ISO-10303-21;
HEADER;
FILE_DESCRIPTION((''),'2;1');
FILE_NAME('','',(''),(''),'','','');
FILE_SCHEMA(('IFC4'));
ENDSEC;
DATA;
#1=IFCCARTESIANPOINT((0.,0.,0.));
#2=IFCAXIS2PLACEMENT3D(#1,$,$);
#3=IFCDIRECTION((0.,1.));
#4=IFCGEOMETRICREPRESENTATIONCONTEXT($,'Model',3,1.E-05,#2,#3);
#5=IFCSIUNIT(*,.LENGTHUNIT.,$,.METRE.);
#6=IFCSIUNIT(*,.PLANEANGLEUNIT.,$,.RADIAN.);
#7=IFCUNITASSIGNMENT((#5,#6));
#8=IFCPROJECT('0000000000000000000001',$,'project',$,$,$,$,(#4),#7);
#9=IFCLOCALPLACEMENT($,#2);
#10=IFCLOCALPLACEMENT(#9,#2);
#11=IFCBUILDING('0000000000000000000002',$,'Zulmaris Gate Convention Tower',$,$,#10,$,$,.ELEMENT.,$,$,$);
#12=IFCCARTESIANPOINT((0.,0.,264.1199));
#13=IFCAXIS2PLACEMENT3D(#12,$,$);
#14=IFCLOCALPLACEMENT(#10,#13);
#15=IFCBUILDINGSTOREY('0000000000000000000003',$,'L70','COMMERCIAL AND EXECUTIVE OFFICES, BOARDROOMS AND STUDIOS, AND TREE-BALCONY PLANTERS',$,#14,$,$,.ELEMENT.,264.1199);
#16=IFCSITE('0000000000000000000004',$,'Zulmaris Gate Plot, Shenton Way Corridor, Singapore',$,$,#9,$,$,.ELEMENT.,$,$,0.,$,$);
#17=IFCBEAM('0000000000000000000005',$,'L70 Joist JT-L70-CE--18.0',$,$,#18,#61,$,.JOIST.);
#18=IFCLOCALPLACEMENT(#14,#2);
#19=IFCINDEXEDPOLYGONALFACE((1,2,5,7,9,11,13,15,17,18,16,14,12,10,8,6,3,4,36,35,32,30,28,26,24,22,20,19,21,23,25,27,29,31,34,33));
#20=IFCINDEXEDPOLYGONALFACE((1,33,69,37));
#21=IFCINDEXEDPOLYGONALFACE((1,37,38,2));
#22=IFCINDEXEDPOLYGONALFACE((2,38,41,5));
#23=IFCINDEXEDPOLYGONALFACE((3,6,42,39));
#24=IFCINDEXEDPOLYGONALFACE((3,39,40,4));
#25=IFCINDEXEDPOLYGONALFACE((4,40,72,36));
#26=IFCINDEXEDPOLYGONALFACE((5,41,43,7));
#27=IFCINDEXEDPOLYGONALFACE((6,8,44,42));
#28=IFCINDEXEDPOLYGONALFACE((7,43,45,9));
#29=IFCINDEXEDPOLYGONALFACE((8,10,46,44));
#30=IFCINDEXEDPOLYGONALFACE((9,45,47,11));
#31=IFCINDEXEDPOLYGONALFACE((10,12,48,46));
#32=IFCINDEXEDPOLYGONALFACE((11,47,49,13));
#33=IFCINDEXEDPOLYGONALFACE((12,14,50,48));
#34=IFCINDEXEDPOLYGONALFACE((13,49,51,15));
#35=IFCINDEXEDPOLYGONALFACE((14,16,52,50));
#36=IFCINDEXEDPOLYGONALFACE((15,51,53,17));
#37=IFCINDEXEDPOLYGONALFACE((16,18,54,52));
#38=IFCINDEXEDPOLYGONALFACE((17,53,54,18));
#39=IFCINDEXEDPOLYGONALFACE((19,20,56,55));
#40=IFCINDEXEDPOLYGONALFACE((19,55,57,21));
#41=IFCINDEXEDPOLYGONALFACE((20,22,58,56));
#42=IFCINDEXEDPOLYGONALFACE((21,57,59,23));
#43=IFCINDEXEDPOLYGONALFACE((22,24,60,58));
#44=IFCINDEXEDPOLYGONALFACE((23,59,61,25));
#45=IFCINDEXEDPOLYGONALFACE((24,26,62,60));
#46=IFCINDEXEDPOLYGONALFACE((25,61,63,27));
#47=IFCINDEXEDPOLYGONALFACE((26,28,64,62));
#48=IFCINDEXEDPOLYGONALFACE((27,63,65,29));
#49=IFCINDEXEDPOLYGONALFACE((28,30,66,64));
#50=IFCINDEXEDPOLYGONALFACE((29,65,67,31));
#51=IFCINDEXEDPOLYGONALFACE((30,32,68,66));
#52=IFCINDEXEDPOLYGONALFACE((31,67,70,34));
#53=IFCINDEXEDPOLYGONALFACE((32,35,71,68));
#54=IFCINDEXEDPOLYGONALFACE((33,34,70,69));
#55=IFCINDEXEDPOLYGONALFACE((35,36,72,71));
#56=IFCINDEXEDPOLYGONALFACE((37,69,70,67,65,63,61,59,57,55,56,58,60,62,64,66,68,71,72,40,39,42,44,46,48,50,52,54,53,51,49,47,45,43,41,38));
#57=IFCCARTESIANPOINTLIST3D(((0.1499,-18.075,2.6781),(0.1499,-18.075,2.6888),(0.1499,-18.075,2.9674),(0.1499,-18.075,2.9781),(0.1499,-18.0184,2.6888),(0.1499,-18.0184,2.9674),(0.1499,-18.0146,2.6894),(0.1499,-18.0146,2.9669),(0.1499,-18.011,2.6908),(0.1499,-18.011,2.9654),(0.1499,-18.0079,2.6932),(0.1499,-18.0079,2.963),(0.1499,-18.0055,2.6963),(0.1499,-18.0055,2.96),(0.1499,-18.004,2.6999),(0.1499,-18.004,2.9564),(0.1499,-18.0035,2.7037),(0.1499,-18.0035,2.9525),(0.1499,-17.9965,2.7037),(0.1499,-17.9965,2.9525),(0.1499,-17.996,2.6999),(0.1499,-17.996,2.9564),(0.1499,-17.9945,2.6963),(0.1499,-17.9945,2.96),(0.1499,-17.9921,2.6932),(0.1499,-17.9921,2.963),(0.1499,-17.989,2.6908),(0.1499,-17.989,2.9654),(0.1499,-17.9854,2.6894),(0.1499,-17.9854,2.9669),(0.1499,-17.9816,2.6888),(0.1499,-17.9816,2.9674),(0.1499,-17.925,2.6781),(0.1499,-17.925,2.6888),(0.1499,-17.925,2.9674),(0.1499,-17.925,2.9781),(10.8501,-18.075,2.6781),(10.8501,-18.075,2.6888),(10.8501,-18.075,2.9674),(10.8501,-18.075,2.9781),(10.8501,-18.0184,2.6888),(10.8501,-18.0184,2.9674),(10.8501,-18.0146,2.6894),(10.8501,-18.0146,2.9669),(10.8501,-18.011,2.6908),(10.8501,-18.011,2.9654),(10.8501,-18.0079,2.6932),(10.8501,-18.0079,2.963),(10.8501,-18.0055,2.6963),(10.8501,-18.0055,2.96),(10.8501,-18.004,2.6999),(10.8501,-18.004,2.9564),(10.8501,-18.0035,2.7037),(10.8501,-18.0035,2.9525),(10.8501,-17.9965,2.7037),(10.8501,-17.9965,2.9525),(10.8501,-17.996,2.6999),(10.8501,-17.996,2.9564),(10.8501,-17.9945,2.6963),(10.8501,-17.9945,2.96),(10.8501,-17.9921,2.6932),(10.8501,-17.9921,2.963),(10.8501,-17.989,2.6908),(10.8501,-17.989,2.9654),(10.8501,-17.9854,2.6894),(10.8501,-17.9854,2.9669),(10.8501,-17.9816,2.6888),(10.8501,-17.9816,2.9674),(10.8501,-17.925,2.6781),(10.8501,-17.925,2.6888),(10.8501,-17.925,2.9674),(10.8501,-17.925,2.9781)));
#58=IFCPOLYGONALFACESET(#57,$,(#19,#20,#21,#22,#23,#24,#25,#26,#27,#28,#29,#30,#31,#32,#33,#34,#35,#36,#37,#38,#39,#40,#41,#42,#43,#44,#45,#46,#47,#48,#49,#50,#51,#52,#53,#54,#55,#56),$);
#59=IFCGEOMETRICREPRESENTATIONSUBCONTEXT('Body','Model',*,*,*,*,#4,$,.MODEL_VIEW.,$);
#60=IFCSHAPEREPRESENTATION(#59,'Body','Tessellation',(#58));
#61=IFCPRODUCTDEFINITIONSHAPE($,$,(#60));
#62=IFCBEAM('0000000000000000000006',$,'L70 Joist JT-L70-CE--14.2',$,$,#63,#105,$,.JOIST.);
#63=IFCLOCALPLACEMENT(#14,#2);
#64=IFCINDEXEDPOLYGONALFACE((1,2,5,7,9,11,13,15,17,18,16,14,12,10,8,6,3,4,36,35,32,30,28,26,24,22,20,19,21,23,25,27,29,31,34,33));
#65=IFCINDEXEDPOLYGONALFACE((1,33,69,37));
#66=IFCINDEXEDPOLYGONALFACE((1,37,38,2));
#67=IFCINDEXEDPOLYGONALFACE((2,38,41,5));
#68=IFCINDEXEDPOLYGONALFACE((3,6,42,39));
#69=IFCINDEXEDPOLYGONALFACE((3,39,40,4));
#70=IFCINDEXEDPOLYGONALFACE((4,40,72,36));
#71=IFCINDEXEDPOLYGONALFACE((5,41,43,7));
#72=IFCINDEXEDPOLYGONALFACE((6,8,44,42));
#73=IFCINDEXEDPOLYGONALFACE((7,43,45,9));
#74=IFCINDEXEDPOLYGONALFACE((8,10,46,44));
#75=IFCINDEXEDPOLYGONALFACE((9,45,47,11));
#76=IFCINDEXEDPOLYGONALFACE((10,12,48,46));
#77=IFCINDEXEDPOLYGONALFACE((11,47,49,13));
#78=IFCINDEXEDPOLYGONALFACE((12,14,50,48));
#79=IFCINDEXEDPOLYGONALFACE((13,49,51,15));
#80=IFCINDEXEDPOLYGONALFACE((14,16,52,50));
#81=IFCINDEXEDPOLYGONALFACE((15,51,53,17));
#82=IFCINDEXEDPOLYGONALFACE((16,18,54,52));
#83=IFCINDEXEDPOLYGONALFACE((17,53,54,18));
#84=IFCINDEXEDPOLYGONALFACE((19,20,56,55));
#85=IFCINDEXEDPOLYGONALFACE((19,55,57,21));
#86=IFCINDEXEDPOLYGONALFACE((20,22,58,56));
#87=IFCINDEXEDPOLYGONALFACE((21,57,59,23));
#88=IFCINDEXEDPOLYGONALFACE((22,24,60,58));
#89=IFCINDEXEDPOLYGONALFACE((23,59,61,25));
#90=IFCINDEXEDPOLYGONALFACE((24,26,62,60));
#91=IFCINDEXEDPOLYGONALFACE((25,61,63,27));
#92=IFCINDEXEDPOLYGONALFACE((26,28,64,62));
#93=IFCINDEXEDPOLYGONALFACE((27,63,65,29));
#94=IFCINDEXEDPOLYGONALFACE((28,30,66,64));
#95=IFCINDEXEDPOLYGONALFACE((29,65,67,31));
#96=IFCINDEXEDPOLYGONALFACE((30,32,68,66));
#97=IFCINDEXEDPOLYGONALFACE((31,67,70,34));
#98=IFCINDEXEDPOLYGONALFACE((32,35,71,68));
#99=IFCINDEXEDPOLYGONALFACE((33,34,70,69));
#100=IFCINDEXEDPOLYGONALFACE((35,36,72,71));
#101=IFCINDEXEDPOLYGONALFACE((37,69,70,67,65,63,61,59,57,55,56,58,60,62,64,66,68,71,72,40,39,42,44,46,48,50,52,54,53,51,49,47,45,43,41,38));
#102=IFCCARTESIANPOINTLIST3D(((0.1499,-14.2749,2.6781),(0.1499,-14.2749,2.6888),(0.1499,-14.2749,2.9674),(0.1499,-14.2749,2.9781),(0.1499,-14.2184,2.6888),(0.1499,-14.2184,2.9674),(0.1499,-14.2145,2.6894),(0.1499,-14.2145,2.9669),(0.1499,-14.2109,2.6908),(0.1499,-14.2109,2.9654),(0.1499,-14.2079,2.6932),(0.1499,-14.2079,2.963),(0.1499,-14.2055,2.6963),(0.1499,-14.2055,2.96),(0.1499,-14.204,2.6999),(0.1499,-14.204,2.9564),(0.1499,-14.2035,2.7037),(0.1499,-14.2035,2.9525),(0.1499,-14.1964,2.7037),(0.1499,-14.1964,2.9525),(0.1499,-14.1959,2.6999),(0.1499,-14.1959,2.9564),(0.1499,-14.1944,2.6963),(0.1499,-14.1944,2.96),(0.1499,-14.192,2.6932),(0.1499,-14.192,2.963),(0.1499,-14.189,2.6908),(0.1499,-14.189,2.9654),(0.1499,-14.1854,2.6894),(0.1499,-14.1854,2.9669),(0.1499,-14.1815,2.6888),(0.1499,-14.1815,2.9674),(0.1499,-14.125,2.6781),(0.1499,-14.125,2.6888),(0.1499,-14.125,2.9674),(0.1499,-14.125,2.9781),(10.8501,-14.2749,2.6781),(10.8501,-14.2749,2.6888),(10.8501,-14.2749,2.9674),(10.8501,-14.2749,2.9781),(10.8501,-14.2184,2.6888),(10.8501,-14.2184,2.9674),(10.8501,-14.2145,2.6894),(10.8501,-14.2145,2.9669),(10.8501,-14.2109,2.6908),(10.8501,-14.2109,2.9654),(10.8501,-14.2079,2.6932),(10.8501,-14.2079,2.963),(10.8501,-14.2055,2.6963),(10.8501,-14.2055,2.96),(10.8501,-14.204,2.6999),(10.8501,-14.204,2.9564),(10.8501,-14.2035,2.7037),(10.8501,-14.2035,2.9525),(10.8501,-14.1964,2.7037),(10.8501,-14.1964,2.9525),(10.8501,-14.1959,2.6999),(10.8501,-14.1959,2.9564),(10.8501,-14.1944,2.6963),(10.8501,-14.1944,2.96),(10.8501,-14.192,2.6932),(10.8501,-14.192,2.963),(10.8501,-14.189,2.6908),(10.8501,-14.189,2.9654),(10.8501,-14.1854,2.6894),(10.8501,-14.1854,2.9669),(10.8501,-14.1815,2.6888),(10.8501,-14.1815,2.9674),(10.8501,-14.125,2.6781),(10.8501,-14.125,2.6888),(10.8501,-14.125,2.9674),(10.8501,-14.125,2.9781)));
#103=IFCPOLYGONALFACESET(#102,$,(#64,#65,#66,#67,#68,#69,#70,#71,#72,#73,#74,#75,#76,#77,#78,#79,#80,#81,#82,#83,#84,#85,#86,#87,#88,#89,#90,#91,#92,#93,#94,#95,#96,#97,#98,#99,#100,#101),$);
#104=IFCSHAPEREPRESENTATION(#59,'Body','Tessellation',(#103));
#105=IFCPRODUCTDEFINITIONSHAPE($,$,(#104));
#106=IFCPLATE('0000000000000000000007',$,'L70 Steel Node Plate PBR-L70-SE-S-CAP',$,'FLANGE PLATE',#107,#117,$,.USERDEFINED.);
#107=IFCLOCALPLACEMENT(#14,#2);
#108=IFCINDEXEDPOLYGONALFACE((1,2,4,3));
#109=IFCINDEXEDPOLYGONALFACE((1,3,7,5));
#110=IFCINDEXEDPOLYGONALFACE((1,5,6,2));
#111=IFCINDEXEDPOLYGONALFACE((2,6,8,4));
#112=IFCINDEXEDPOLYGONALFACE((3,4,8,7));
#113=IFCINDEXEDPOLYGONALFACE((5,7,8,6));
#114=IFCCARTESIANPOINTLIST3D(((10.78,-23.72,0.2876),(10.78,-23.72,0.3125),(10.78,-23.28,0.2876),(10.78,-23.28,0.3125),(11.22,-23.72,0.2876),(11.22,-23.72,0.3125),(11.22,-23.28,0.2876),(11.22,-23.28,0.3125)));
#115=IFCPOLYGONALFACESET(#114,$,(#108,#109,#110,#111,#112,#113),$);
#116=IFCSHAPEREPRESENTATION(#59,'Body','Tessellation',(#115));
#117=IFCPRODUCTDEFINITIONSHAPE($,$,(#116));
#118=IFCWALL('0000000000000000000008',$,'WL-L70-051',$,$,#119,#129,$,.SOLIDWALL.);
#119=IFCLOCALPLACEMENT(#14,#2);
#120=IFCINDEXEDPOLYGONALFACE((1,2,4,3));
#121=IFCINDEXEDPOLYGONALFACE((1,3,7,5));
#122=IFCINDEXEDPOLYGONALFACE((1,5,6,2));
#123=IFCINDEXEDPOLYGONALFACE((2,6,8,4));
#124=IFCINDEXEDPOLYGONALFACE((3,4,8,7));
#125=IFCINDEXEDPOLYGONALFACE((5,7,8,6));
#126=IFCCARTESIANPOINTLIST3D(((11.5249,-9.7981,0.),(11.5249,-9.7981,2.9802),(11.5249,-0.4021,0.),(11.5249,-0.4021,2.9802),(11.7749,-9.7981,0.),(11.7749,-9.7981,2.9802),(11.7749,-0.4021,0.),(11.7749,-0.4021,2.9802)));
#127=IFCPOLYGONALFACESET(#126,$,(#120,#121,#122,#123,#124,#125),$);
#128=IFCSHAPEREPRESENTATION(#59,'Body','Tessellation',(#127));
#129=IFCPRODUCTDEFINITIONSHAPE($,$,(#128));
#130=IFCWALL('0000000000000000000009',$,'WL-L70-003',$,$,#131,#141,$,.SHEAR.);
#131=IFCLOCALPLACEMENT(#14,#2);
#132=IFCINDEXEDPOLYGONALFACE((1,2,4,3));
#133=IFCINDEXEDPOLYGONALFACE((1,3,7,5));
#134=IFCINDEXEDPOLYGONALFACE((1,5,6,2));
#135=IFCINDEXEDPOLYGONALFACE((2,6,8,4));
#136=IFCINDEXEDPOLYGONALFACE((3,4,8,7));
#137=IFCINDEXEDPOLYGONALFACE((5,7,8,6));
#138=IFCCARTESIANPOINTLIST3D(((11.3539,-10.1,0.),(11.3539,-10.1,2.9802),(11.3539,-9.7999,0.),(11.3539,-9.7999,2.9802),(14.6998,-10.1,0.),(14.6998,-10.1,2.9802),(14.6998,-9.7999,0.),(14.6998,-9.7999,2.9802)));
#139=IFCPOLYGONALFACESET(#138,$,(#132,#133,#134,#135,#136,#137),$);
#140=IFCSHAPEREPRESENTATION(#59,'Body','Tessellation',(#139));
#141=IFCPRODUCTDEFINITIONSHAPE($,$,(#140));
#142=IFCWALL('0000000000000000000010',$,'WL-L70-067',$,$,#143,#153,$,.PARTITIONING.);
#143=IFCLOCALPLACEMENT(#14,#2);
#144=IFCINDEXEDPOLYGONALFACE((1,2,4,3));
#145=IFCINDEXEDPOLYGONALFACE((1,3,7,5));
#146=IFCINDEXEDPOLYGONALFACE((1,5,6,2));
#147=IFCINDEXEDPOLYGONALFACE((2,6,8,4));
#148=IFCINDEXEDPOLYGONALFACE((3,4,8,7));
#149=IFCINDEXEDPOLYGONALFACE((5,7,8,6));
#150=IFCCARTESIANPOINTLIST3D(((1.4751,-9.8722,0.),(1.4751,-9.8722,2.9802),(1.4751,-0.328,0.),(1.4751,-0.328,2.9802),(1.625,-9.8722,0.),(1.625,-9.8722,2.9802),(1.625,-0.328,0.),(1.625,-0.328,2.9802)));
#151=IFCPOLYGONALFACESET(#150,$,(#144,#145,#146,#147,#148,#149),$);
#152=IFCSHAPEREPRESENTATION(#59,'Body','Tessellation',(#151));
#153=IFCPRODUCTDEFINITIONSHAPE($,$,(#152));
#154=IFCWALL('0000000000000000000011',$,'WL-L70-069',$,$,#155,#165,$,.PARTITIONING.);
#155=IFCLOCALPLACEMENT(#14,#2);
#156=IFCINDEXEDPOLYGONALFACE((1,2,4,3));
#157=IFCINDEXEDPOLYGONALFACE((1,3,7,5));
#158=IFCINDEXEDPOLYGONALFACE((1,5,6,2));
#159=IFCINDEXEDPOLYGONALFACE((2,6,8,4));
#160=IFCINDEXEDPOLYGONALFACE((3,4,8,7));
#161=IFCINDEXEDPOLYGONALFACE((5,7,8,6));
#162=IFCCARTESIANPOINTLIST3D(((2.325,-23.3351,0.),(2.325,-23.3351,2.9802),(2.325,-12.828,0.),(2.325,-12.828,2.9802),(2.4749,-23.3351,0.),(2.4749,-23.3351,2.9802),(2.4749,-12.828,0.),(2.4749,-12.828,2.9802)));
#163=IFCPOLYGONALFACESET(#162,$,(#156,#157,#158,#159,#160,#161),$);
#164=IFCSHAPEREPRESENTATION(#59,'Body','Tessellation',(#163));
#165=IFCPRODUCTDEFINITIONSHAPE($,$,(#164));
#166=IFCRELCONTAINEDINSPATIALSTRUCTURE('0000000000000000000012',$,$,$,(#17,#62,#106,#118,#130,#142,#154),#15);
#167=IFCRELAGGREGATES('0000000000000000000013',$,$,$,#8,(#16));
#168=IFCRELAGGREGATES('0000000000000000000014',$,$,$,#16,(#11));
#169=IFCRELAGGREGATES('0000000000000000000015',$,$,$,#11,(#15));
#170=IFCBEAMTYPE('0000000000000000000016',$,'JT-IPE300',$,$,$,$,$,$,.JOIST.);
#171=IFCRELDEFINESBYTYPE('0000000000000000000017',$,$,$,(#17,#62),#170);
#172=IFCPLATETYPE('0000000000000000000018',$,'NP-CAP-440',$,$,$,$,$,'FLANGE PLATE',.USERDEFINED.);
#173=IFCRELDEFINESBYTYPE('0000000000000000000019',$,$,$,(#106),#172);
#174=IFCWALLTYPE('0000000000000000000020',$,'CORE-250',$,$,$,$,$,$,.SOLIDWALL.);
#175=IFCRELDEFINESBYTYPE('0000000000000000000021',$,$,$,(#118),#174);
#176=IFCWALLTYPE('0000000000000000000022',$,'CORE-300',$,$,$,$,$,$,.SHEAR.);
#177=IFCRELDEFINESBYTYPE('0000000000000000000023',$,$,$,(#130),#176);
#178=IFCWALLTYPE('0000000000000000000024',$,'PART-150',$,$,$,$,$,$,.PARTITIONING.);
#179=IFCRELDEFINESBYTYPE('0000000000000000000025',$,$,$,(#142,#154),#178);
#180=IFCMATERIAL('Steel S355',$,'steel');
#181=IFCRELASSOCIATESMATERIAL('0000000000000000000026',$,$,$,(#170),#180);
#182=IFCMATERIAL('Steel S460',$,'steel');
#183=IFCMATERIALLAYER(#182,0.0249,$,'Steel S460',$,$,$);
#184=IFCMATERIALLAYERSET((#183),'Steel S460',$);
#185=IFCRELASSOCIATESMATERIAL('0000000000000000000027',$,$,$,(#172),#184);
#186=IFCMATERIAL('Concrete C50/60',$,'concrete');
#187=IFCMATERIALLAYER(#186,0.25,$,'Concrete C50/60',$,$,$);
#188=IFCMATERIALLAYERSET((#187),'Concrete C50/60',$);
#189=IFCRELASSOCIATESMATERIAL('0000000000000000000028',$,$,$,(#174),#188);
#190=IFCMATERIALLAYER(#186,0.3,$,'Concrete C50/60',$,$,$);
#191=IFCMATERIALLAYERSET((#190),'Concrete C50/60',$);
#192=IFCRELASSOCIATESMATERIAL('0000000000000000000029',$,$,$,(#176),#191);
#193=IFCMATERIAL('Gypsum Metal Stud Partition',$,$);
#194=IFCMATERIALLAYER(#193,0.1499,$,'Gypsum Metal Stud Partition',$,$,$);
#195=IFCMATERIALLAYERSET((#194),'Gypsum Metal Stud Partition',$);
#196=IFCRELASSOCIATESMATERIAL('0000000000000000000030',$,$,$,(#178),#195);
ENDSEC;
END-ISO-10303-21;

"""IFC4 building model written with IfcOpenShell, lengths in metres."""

from ifc_helpers import new_model, si_unit, direction, frame, frame_2d, origin, origin_2d, place, context, subcontext, project, spatial, rectangle, i_section, extrude, material, layer, layer_set, material_profile, profile_set, type_object, element, save


model = new_model("IFC4")

# Units and contexts
model_context = context("Model", 3, precision=1e-05, world=origin(), true_north=direction((0.0, 1.0)))
body_context = subcontext(model_context, "Body", "Model", "MODEL_VIEW")
ifc_project = project(units=[si_unit("LENGTHUNIT", "METRE"), si_unit("PLANEANGLEUNIT", "RADIAN")], contexts=[model_context])

# Site, building, storey
site_placement = place(None, origin())
site = spatial("IfcSite", under=ifc_project, at=site_placement, Name="Zulmaris Gate Plot, Shenton Way Corridor, Singapore", CompositionType="ELEMENT", RefElevation=0.0)
building_placement = place(site_placement, origin())
building = spatial("IfcBuilding", under=site, at=building_placement, Name="Zulmaris Gate Convention Tower", CompositionType="ELEMENT")
storey_placement = place(building_placement, frame((0.0, 0.0, 264.1199)))
storey = spatial("IfcBuildingStorey", under=building, at=storey_placement, Name="L70", Description="COMMERCIAL AND EXECUTIVE OFFICES, BOARDROOMS AND STUDIOS, AND TREE-BALCONY PLANTERS", CompositionType="ELEMENT", Elevation=264.1199)

# Shared definitions
ifc_material_1 = material(Name="Concrete C50/60", Category="concrete")

# Shared definitions
ifc_material_2 = material(Name="Steel S355", Category="steel")

# Beams
ifc_material_profile_1 = material_profile(ifc_material_2, i_section(OverallWidth=0.1499, OverallDepth=0.3, WebThickness=0.0071, FlangeThickness=0.0107, FilletRadius=0.0149, at=origin_2d()), Name="IPE 300")
ifc_profile_set_1 = profile_set([ifc_material_profile_1], Name="Steel S355")
beam_type_1 = type_object("IfcBeamType", Name="JT-IPE300", PredefinedType="JOIST", material=ifc_profile_set_1)
for number, where, z_axis, x_axis, name in (
    (1, (0.1499, -18.0, 2.8281), (1.0, 0.0, 0.0), (0.0, 1.0, 0.0), "L70 Joist JT-L70-CE--18.0"),
    (2, (0.1499, -14.2, 2.8281), (1.0, 0.0, 0.0), (0.0, 1.0, 0.0), "L70 Joist JT-L70-CE--14.2"),
):
    element("IfcBeam", number, at=place(storey_placement, frame(where, z_axis=z_axis, x_axis=x_axis)), inside=storey, type_object=beam_type_1, Name=name, PredefinedType="JOIST", context=body_context, shape_type="SweptSolid", body=[
        extrude(i_section(OverallWidth=0.1499, OverallDepth=0.3, WebThickness=0.0071, FlangeThickness=0.0107, FilletRadius=0.0149, at=origin_2d()), origin(), (0.0, 0.0, 1.0), 10.7002),
    ])

# Plate
ifc_material_3 = material(Name="Steel S460", Category="steel")
ifc_layer_1 = layer(ifc_material_3, 0.0249, Name="Steel S460")
ifc_layer_set_1 = layer_set([ifc_layer_1], Name="Steel S460")
plate_type = type_object("IfcPlateType", Name="NP-CAP-440", ElementType="FLANGE PLATE", PredefinedType="USERDEFINED", material=ifc_layer_set_1)
plate_placement = place(storey_placement, frame((11.0, -23.5, 0.2876), z_axis=(0.0, 0.0, 1.0), x_axis=(1.0, 0.0, 0.0)))
element("IfcPlate", 3, at=plate_placement, inside=storey, type_object=plate_type, Name="L70 Steel Node Plate PBR-L70-SE-S-CAP", ObjectType="FLANGE PLATE", PredefinedType="USERDEFINED", context=body_context, shape_type="SweptSolid", body=[
    extrude(rectangle(XDim=0.4399, YDim=0.4399, at=origin_2d()), origin(), (0.0, 0.0, 1.0), 0.0249),
])

# Walls
ifc_layer_2 = layer(ifc_material_1, 0.25, Name="Concrete C50/60")
ifc_layer_set_2 = layer_set([ifc_layer_2], Name="Concrete C50/60")
wall_type_1 = type_object("IfcWallType", Name="CORE-250", PredefinedType="SOLIDWALL", material=ifc_layer_set_2)
wall_1_placement = place(storey_placement, frame((11.6499, -9.7981, 0.0), z_axis=(0.0, 0.0, 1.0), x_axis=(0.0, 1.0, 0.0)))
element("IfcWall", 4, at=wall_1_placement, inside=storey, type_object=wall_type_1, Name="WL-L70-051", PredefinedType="SOLIDWALL", context=body_context, shape_type="SweptSolid", body=[
    extrude(rectangle(XDim=9.396, YDim=0.25, at=frame_2d((4.698, 0.0))), origin(), (0.0, 0.0, 1.0), 2.9802),
])
ifc_layer_3 = layer(ifc_material_1, 0.3, Name="Concrete C50/60")
ifc_layer_set_3 = layer_set([ifc_layer_3], Name="Concrete C50/60")
wall_type_2 = type_object("IfcWallType", Name="CORE-300", PredefinedType="SHEAR", material=ifc_layer_set_3)
wall_2_placement = place(storey_placement, frame((11.354, -9.95, 0.0), z_axis=(0.0, 0.0, 1.0), x_axis=(1.0, 0.0, 0.0)))
element("IfcWall", 5, at=wall_2_placement, inside=storey, type_object=wall_type_2, Name="WL-L70-003", PredefinedType="SHEAR", context=body_context, shape_type="SweptSolid", body=[
    extrude(rectangle(XDim=3.3459, YDim=0.3, at=frame_2d((1.6729, 0.0))), origin(), (0.0, 0.0, 1.0), 2.9802),
])
ifc_material_4 = material(Name="Gypsum Metal Stud Partition")
ifc_layer_4 = layer(ifc_material_4, 0.1499, Name="Gypsum Metal Stud Partition")
ifc_layer_set_4 = layer_set([ifc_layer_4], Name="Gypsum Metal Stud Partition")
wall_type_3 = type_object("IfcWallType", Name="PART-150", PredefinedType="PARTITIONING", material=ifc_layer_set_4)
wall_3_placement = place(storey_placement, frame((1.55, -9.8721, 0.0), z_axis=(0.0, 0.0, 1.0), x_axis=(0.0, 1.0, 0.0)))
element("IfcWall", 6, at=wall_3_placement, inside=storey, type_object=wall_type_3, Name="WL-L70-067", PredefinedType="PARTITIONING", context=body_context, shape_type="SweptSolid", body=[
    extrude(rectangle(XDim=9.5442, YDim=0.1499, at=frame_2d((4.772, 0.0))), origin(), (0.0, 0.0, 1.0), 2.9802),
])
wall_4_placement = place(storey_placement, frame((2.3999, -23.335, 0.0), z_axis=(0.0, 0.0, 1.0), x_axis=(0.0, 1.0, 0.0)))
element("IfcWall", 7, at=wall_4_placement, inside=storey, type_object=wall_type_3, Name="WL-L70-069", PredefinedType="PARTITIONING", context=body_context, shape_type="SweptSolid", body=[
    extrude(rectangle(XDim=10.5071, YDim=0.1499, at=frame_2d((5.2534, 0.0))), origin(), (0.0, 0.0, 1.0), 2.9802),
])

save(model, "model.ifc")
